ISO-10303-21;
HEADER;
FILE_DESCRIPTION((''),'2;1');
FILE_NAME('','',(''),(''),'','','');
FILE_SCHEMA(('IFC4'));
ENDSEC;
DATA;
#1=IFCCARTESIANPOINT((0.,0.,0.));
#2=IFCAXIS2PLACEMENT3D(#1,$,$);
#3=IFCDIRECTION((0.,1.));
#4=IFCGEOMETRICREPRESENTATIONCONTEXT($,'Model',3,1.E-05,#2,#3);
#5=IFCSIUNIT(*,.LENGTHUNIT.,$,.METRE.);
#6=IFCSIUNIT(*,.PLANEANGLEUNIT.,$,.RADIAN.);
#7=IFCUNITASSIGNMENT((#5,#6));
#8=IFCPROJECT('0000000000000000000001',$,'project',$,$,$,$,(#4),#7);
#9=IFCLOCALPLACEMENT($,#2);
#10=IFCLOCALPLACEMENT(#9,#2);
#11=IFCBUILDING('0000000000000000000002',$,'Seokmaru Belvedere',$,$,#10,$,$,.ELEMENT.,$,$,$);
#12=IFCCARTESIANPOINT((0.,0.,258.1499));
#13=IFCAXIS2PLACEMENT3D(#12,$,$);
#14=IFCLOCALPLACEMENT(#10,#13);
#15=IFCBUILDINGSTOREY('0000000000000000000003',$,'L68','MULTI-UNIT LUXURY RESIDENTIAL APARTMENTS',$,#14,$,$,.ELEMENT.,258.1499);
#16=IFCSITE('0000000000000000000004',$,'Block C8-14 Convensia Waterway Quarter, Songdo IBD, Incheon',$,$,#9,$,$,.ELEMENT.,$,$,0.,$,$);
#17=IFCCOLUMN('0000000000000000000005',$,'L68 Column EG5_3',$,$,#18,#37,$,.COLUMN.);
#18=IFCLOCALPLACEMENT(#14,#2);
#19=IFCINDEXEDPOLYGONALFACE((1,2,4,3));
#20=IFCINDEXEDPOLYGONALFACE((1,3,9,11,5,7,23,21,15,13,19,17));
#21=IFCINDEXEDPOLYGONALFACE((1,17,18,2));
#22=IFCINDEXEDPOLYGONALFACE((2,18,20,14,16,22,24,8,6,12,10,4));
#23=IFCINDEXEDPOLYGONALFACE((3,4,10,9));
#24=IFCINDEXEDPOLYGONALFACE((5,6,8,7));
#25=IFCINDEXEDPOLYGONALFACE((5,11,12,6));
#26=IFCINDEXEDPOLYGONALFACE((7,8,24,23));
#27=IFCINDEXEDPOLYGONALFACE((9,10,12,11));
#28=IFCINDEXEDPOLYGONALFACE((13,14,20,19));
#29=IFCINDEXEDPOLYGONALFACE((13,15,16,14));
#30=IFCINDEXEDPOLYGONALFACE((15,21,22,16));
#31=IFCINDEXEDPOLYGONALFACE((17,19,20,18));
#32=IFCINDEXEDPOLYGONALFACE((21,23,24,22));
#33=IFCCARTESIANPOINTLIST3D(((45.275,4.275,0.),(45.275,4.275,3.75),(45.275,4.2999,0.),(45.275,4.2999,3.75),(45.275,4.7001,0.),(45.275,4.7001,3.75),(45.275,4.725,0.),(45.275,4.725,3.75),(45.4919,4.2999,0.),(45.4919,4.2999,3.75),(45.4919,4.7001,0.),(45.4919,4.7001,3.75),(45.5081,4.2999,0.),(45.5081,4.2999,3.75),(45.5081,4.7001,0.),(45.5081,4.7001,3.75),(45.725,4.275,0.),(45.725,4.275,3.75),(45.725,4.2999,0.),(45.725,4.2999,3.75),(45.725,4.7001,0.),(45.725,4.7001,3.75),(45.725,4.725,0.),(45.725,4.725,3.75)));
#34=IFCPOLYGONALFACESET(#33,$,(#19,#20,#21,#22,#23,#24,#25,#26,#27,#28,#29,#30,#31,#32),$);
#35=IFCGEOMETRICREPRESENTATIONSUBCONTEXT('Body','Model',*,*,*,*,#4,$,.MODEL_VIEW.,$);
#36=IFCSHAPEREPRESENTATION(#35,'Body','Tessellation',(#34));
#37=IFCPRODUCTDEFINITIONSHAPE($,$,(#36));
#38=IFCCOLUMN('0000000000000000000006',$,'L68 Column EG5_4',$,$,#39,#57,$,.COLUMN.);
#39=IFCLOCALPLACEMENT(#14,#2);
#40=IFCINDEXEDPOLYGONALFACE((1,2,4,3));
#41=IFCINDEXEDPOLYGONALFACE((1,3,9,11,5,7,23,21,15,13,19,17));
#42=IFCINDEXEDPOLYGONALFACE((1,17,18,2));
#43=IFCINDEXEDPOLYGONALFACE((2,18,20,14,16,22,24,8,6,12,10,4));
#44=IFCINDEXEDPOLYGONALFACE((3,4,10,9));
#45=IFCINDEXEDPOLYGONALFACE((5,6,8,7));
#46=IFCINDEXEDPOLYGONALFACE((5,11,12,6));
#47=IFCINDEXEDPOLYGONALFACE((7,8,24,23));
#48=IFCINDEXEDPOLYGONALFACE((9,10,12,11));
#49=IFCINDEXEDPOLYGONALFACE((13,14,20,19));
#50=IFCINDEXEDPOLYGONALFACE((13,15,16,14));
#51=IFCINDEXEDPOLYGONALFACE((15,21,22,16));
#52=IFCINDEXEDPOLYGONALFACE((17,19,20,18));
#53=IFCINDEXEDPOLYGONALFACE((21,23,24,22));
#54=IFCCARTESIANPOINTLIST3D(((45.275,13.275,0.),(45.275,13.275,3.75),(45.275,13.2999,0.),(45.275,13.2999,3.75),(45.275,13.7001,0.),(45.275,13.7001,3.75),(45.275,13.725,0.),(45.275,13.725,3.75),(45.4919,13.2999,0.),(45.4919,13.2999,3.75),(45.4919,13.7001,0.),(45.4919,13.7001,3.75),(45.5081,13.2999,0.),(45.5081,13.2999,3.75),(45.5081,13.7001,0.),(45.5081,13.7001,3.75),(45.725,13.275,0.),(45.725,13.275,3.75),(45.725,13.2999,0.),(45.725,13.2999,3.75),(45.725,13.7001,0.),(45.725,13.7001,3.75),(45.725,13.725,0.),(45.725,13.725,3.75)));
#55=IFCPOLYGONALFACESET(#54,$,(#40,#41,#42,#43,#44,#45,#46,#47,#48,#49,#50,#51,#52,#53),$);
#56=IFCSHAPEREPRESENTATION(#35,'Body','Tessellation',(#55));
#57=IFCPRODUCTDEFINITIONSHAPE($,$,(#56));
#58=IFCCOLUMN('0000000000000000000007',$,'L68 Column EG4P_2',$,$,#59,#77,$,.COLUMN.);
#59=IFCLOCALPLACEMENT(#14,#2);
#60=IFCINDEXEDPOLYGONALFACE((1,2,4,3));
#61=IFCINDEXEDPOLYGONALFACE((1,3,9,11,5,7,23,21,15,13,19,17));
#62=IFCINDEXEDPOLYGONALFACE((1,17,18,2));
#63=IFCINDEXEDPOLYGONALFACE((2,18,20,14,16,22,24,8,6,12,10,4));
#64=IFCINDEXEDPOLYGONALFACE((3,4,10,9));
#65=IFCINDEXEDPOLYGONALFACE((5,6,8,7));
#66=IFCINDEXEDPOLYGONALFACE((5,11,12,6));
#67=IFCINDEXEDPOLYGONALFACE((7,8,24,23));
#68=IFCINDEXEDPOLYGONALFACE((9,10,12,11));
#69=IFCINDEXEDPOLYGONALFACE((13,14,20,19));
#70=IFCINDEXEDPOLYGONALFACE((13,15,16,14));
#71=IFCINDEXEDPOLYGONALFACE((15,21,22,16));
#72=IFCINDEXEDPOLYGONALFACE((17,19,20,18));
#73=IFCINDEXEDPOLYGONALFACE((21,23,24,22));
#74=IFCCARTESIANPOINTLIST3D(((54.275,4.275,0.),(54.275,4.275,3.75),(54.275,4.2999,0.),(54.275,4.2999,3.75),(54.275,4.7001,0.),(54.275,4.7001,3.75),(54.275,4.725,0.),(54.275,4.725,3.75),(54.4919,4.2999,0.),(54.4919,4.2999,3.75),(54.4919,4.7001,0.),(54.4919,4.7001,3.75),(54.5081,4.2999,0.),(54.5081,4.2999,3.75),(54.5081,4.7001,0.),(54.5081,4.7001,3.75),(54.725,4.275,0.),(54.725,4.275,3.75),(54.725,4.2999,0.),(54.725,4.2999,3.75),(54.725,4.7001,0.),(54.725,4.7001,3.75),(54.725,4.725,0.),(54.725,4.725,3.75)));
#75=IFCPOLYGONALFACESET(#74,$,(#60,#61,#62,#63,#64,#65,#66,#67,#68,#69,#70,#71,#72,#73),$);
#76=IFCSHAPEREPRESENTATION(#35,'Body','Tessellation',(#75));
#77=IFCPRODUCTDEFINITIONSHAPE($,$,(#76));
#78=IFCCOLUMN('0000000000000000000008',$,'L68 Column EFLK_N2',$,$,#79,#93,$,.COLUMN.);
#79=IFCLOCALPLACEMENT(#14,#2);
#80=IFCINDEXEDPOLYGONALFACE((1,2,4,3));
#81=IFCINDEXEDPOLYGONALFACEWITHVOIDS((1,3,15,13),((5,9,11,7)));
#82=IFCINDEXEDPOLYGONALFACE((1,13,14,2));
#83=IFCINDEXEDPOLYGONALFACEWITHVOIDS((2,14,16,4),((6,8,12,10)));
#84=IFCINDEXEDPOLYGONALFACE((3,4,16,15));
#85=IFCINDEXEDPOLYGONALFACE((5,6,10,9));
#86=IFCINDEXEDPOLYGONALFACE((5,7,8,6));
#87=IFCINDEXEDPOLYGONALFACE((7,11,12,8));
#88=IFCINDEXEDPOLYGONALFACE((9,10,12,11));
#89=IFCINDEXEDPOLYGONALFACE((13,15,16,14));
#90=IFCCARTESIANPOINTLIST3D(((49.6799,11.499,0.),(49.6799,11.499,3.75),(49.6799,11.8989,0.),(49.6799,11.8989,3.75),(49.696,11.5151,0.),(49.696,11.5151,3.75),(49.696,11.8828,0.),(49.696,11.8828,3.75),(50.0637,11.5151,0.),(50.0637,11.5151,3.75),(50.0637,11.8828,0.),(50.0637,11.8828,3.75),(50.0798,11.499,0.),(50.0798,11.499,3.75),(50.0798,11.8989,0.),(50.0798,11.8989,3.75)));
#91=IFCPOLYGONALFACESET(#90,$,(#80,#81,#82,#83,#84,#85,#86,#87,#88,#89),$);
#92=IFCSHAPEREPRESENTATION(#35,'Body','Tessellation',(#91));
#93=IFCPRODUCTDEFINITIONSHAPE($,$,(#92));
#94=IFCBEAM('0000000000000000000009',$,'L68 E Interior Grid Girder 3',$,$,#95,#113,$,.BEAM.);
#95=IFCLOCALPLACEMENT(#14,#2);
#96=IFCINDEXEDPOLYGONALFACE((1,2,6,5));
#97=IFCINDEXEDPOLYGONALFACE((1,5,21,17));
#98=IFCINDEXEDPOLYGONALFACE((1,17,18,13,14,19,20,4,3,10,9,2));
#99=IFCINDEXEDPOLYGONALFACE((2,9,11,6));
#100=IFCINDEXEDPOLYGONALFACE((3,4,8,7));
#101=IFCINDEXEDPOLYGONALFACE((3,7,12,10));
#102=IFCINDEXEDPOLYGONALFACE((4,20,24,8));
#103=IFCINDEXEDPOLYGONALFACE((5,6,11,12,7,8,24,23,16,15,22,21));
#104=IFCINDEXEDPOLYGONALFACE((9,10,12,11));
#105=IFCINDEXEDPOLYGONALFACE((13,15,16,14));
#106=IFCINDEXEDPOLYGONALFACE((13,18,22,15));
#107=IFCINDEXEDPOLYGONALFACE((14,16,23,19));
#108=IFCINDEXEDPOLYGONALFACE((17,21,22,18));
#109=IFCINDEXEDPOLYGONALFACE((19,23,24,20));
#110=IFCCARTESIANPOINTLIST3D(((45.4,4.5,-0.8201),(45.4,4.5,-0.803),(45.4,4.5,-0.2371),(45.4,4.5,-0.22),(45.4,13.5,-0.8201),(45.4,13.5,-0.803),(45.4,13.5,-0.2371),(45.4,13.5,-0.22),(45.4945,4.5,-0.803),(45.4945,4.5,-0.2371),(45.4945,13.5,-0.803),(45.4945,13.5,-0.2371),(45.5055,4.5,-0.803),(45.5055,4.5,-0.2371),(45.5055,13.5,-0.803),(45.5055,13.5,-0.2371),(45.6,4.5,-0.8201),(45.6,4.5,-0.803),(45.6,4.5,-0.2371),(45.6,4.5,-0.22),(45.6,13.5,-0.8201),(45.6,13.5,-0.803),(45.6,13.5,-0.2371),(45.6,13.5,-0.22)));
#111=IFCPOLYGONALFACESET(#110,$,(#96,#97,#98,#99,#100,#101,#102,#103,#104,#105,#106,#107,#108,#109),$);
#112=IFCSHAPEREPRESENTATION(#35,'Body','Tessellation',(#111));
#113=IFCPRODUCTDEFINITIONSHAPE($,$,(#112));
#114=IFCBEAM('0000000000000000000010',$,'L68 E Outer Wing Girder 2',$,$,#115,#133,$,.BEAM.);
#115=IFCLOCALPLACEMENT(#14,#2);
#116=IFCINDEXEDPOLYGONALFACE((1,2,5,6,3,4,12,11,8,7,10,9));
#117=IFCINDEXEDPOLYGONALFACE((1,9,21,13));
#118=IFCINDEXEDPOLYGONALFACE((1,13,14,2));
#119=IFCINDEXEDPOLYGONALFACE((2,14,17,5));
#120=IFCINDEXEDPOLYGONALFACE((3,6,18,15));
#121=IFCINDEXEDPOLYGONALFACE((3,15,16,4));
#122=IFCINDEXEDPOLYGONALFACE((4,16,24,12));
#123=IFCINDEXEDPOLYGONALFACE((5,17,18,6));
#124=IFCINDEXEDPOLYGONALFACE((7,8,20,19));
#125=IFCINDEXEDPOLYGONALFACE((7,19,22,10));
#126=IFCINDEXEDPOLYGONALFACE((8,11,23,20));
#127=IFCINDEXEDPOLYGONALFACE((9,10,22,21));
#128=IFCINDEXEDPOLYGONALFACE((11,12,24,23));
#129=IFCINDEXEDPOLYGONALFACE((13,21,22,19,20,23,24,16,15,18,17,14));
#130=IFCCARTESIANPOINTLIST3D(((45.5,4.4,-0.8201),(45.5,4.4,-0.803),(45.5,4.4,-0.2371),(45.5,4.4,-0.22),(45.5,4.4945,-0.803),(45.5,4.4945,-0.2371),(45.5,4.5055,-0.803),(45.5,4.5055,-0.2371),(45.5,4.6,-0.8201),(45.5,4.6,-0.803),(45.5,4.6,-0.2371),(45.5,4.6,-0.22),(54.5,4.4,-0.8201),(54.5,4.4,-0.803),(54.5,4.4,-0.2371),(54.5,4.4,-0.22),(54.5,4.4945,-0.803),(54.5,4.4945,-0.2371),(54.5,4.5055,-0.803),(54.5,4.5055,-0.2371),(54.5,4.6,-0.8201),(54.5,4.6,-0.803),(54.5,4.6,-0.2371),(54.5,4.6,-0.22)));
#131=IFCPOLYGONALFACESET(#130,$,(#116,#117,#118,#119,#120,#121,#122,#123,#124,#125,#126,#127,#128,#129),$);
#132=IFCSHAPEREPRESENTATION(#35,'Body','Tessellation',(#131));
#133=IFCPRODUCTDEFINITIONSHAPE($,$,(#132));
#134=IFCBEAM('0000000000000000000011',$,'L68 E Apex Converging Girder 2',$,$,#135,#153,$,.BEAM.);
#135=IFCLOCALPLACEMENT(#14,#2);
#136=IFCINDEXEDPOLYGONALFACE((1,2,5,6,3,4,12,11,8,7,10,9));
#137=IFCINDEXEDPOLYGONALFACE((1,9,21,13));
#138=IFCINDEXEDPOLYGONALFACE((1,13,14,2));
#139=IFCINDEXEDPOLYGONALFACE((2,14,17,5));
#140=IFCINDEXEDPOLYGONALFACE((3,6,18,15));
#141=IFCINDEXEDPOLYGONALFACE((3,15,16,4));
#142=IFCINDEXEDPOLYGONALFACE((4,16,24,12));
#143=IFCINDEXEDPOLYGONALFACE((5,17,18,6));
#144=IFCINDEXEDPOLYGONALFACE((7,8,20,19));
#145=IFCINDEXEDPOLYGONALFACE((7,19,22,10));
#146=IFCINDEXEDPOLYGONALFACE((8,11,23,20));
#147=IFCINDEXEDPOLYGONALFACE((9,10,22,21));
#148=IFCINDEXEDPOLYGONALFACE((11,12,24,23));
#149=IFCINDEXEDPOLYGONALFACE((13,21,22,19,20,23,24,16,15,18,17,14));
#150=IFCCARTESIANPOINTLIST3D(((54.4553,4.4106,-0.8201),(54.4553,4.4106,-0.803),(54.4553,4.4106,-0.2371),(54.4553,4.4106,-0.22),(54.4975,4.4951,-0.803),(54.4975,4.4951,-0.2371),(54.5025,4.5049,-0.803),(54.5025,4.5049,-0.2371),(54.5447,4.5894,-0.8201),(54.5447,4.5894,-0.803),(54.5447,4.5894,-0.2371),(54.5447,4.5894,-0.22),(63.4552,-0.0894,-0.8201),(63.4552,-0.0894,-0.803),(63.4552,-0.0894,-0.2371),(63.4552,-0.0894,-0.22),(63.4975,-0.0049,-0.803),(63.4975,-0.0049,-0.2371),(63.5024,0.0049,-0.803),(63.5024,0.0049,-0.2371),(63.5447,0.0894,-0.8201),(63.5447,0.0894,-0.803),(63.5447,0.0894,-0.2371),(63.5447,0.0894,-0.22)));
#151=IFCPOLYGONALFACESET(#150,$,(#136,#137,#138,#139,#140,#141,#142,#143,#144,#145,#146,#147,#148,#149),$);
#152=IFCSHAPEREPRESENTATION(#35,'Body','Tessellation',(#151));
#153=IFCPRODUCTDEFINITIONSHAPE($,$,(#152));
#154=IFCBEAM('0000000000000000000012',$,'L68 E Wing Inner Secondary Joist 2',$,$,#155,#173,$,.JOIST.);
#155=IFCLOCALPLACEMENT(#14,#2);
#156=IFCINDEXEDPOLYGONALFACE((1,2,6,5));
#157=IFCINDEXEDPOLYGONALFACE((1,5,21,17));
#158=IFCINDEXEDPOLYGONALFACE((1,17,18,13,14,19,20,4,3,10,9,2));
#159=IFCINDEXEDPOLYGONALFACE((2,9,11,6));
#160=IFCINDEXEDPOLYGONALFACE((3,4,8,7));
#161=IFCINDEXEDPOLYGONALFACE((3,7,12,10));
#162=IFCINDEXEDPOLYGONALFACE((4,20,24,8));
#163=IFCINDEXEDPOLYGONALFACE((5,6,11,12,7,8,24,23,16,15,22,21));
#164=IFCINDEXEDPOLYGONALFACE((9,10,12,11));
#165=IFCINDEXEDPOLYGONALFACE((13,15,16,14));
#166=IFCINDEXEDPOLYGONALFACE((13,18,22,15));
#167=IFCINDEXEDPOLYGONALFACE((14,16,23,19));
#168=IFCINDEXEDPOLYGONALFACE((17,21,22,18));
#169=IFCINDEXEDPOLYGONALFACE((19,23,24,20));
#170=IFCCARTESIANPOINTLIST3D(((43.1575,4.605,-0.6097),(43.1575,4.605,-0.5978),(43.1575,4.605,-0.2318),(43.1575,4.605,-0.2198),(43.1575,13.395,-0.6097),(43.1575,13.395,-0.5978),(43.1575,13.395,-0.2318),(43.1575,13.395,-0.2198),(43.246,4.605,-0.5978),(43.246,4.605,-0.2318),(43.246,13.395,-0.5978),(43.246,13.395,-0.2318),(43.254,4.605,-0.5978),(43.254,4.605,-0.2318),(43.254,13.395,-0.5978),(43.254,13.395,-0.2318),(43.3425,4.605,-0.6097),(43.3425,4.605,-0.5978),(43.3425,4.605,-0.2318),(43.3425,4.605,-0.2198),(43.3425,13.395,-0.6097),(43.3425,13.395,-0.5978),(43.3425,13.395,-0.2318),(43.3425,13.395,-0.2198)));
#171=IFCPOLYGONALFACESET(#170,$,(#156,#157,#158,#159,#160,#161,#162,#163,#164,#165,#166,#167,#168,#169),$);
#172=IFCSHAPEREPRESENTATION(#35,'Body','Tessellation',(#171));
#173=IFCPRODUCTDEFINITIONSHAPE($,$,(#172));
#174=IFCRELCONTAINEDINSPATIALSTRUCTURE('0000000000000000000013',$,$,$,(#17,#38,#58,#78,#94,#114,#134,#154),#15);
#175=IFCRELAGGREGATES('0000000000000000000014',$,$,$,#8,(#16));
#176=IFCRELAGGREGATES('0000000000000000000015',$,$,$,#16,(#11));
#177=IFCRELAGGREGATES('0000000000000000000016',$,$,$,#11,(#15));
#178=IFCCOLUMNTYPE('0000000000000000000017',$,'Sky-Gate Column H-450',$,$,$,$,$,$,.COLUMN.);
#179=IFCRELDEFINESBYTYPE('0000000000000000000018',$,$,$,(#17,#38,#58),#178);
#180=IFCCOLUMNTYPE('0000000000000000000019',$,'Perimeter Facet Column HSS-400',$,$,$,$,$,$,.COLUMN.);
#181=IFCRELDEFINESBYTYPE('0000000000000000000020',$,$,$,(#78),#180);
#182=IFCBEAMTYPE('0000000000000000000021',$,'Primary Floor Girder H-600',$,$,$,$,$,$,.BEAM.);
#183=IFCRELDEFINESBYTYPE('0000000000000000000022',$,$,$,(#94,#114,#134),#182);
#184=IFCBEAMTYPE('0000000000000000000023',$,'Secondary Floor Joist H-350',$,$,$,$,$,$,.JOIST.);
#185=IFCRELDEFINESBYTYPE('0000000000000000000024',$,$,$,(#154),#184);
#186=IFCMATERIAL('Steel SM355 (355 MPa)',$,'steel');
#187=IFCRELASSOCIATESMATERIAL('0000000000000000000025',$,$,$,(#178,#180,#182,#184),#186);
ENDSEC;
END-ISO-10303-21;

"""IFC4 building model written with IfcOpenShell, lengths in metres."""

from ifc_helpers import new_model, si_unit, direction, frame, origin, origin_2d, place, context, subcontext, project, spatial, hollow_rectangle, i_section, extrude, source, transform, mapped, material, material_profile, profile_set, type_object, type_shapes, element, save


model = new_model("IFC4")

# Units and contexts
model_context = context("Model", 3, precision=1e-05, world=origin(), true_north=direction((0.0, 1.0)))
body_context = subcontext(model_context, "Body", "Model", "MODEL_VIEW")
ifc_project = project(units=[si_unit("LENGTHUNIT", "METRE"), si_unit("PLANEANGLEUNIT", "RADIAN")], contexts=[model_context])

# Site, building, storey
site_placement = place(None, origin())
site = spatial("IfcSite", under=ifc_project, at=site_placement, Name="Block C8-14 Convensia Waterway Quarter, Songdo IBD, Incheon", CompositionType="ELEMENT", RefElevation=0.0)
building_placement = place(site_placement, origin())
building = spatial("IfcBuilding", under=site, at=building_placement, Name="Seokmaru Belvedere", CompositionType="ELEMENT")
storey_placement = place(building_placement, frame((0.0, 0.0, 258.1499)))
storey = spatial("IfcBuildingStorey", under=building, at=storey_placement, Name="L68", Description="MULTI-UNIT LUXURY RESIDENTIAL APARTMENTS", CompositionType="ELEMENT", Elevation=258.1499)

# Columns
ifc_material_1 = material(Name="Steel SM355 (355 MPa)", Category="steel")
ifc_material_profile_1 = material_profile(ifc_material_1, i_section(OverallWidth=0.45, OverallDepth=0.45, WebThickness=0.0161, FlangeThickness=0.0249, at=origin_2d()), Name="H-450x450x16x25")
ifc_profile_set_1 = profile_set([ifc_material_profile_1], Name="Steel SM355 (355 MPa)")
column_type_1 = type_object("IfcColumnType", Name="Sky-Gate Column H-450", PredefinedType="COLUMN", material=ifc_profile_set_1)
shared_shape_1 = source(origin(), body_context, "Body", "SweptSolid", [
    extrude(i_section(OverallWidth=0.45, OverallDepth=0.45, WebThickness=0.0161, FlangeThickness=0.0249, at=origin_2d()), origin(), (0.0, 0.0, 1.0), 3.75),
])
type_shapes(column_type_1, [shared_shape_1])
for number, where, z_axis, x_axis, name in (
    (1, (45.5, 4.5, 0.0), (0.0, 0.0, 1.0), (1.0, 0.0, 0.0), "L68 Column EG5_3"),
    (2, (45.5, 13.5, 0.0), (0.0, 0.0, 1.0), (1.0, 0.0, 0.0), "L68 Column EG5_4"),
    (3, (54.5, 4.5, 0.0), (0.0, 0.0, 1.0), (1.0, 0.0, 0.0), "L68 Column EG4P_2"),
):
    element("IfcColumn", number, at=place(storey_placement, frame(where, z_axis=z_axis, x_axis=x_axis)), inside=storey, type_object=column_type_1, Name=name, PredefinedType="COLUMN", context=body_context, shape_type="MappedRepresentation", body=[
        mapped(shared_shape_1, transform((0.0, 0.0, 0.0), scale=1.0)),
    ])
ifc_material_profile_2 = material_profile(ifc_material_1, hollow_rectangle(XDim=0.3999, YDim=0.3999, WallThickness=0.0161, at=origin_2d()), Name="HSS-400x400x16")
ifc_profile_set_2 = profile_set([ifc_material_profile_2], Name="Steel SM355 (355 MPa)")
column_type_2 = type_object("IfcColumnType", Name="Perimeter Facet Column HSS-400", PredefinedType="COLUMN", material=ifc_profile_set_2)
shared_shape_2 = source(origin(), body_context, "Body", "SweptSolid", [
    extrude(hollow_rectangle(XDim=0.3999, YDim=0.3999, WallThickness=0.0161, at=origin_2d()), origin(), (0.0, 0.0, 1.0), 3.75),
])
type_shapes(column_type_2, [shared_shape_2])
column_placement = place(storey_placement, frame((49.8799, 11.699, 0.0), z_axis=(0.0, 0.0, 1.0), x_axis=(1.0, 0.0, 0.0)))
element("IfcColumn", 4, at=column_placement, inside=storey, type_object=column_type_2, Name="L68 Column EFLK_N2", PredefinedType="COLUMN", context=body_context, shape_type="MappedRepresentation", body=[
    mapped(shared_shape_2, transform((0.0, 0.0, 0.0), scale=1.0)),
])

# Beams
ifc_material_profile_3 = material_profile(ifc_material_1, i_section(OverallWidth=0.2, OverallDepth=0.6001, WebThickness=0.011, FlangeThickness=0.0171, at=origin_2d()), Name="H-600x200x11x17")
ifc_profile_set_3 = profile_set([ifc_material_profile_3], Name="Steel SM355 (355 MPa)")
beam_type_1 = type_object("IfcBeamType", Name="Primary Floor Girder H-600", PredefinedType="BEAM", material=ifc_profile_set_3)
shared_shape_3 = source(origin(), body_context, "Body", "SweptSolid", [
    extrude(i_section(OverallWidth=0.2, OverallDepth=0.6001, WebThickness=0.011, FlangeThickness=0.0171, at=origin_2d()), origin(), (0.0, 0.0, 1.0), 9.0),
])
for number, where, z_axis, x_axis, name in (
    (5, (45.5, 4.5, -0.52), (0.0, 1.0, 0.0), (-1.0, 0.0, 0.0), "L68 E Interior Grid Girder 3"),
    (6, (45.5, 4.5, -0.52), (1.0, 0.0, 0.0), (0.0, 1.0, 0.0), "L68 E Outer Wing Girder 2"),
):
    element("IfcBeam", number, at=place(storey_placement, frame(where, z_axis=z_axis, x_axis=x_axis)), inside=storey, type_object=beam_type_1, Name=name, PredefinedType="BEAM", context=body_context, shape_type="MappedRepresentation", body=[
        mapped(shared_shape_3, transform((0.0, 0.0, 0.0), scale=1.0)),
    ])
shared_shape_4 = source(origin(), body_context, "Body", "SweptSolid", [
    extrude(i_section(OverallWidth=0.2, OverallDepth=0.6001, WebThickness=0.011, FlangeThickness=0.0171, at=origin_2d()), origin(), (0.0, 0.0, 1.0), 10.0623),
])
beam_1_placement = place(storey_placement, frame((54.5, 4.5, -0.52), z_axis=(0.894427, -0.447214, 0.0), x_axis=(0.447214, 0.894427, 0.0)))
element("IfcBeam", 7, at=beam_1_placement, inside=storey, type_object=beam_type_1, Name="L68 E Apex Converging Girder 2", PredefinedType="BEAM", context=body_context, shape_type="MappedRepresentation", body=[
    mapped(shared_shape_4, transform((0.0, 0.0, 0.0), scale=1.0)),
])
ifc_material_profile_4 = material_profile(ifc_material_1, i_section(OverallWidth=0.1851, OverallDepth=0.3899, WebThickness=0.0081, FlangeThickness=0.012, at=origin_2d()), Name="H-390x185x8x12")
ifc_profile_set_4 = profile_set([ifc_material_profile_4], Name="Steel SM355 (355 MPa)")
beam_type_2 = type_object("IfcBeamType", Name="Secondary Floor Joist H-350", PredefinedType="JOIST", material=ifc_profile_set_4)
shared_shape_5 = source(origin(), body_context, "Body", "SweptSolid", [
    extrude(i_section(OverallWidth=0.1851, OverallDepth=0.3899, WebThickness=0.0081, FlangeThickness=0.012, at=origin_2d()), origin(), (0.0, 0.0, 1.0), 8.79),
])
type_shapes(beam_type_2, [shared_shape_5])
beam_2_placement = place(storey_placement, frame((43.25, 4.605, -0.4148), z_axis=(0.0, 1.0, 0.0), x_axis=(-1.0, 0.0, 0.0)))
element("IfcBeam", 8, at=beam_2_placement, inside=storey, type_object=beam_type_2, Name="L68 E Wing Inner Secondary Joist 2", PredefinedType="JOIST", context=body_context, shape_type="MappedRepresentation", body=[
    mapped(shared_shape_5, transform((0.0, 0.0, 0.0), scale=1.0)),
])

save(model, "model.ifc")
